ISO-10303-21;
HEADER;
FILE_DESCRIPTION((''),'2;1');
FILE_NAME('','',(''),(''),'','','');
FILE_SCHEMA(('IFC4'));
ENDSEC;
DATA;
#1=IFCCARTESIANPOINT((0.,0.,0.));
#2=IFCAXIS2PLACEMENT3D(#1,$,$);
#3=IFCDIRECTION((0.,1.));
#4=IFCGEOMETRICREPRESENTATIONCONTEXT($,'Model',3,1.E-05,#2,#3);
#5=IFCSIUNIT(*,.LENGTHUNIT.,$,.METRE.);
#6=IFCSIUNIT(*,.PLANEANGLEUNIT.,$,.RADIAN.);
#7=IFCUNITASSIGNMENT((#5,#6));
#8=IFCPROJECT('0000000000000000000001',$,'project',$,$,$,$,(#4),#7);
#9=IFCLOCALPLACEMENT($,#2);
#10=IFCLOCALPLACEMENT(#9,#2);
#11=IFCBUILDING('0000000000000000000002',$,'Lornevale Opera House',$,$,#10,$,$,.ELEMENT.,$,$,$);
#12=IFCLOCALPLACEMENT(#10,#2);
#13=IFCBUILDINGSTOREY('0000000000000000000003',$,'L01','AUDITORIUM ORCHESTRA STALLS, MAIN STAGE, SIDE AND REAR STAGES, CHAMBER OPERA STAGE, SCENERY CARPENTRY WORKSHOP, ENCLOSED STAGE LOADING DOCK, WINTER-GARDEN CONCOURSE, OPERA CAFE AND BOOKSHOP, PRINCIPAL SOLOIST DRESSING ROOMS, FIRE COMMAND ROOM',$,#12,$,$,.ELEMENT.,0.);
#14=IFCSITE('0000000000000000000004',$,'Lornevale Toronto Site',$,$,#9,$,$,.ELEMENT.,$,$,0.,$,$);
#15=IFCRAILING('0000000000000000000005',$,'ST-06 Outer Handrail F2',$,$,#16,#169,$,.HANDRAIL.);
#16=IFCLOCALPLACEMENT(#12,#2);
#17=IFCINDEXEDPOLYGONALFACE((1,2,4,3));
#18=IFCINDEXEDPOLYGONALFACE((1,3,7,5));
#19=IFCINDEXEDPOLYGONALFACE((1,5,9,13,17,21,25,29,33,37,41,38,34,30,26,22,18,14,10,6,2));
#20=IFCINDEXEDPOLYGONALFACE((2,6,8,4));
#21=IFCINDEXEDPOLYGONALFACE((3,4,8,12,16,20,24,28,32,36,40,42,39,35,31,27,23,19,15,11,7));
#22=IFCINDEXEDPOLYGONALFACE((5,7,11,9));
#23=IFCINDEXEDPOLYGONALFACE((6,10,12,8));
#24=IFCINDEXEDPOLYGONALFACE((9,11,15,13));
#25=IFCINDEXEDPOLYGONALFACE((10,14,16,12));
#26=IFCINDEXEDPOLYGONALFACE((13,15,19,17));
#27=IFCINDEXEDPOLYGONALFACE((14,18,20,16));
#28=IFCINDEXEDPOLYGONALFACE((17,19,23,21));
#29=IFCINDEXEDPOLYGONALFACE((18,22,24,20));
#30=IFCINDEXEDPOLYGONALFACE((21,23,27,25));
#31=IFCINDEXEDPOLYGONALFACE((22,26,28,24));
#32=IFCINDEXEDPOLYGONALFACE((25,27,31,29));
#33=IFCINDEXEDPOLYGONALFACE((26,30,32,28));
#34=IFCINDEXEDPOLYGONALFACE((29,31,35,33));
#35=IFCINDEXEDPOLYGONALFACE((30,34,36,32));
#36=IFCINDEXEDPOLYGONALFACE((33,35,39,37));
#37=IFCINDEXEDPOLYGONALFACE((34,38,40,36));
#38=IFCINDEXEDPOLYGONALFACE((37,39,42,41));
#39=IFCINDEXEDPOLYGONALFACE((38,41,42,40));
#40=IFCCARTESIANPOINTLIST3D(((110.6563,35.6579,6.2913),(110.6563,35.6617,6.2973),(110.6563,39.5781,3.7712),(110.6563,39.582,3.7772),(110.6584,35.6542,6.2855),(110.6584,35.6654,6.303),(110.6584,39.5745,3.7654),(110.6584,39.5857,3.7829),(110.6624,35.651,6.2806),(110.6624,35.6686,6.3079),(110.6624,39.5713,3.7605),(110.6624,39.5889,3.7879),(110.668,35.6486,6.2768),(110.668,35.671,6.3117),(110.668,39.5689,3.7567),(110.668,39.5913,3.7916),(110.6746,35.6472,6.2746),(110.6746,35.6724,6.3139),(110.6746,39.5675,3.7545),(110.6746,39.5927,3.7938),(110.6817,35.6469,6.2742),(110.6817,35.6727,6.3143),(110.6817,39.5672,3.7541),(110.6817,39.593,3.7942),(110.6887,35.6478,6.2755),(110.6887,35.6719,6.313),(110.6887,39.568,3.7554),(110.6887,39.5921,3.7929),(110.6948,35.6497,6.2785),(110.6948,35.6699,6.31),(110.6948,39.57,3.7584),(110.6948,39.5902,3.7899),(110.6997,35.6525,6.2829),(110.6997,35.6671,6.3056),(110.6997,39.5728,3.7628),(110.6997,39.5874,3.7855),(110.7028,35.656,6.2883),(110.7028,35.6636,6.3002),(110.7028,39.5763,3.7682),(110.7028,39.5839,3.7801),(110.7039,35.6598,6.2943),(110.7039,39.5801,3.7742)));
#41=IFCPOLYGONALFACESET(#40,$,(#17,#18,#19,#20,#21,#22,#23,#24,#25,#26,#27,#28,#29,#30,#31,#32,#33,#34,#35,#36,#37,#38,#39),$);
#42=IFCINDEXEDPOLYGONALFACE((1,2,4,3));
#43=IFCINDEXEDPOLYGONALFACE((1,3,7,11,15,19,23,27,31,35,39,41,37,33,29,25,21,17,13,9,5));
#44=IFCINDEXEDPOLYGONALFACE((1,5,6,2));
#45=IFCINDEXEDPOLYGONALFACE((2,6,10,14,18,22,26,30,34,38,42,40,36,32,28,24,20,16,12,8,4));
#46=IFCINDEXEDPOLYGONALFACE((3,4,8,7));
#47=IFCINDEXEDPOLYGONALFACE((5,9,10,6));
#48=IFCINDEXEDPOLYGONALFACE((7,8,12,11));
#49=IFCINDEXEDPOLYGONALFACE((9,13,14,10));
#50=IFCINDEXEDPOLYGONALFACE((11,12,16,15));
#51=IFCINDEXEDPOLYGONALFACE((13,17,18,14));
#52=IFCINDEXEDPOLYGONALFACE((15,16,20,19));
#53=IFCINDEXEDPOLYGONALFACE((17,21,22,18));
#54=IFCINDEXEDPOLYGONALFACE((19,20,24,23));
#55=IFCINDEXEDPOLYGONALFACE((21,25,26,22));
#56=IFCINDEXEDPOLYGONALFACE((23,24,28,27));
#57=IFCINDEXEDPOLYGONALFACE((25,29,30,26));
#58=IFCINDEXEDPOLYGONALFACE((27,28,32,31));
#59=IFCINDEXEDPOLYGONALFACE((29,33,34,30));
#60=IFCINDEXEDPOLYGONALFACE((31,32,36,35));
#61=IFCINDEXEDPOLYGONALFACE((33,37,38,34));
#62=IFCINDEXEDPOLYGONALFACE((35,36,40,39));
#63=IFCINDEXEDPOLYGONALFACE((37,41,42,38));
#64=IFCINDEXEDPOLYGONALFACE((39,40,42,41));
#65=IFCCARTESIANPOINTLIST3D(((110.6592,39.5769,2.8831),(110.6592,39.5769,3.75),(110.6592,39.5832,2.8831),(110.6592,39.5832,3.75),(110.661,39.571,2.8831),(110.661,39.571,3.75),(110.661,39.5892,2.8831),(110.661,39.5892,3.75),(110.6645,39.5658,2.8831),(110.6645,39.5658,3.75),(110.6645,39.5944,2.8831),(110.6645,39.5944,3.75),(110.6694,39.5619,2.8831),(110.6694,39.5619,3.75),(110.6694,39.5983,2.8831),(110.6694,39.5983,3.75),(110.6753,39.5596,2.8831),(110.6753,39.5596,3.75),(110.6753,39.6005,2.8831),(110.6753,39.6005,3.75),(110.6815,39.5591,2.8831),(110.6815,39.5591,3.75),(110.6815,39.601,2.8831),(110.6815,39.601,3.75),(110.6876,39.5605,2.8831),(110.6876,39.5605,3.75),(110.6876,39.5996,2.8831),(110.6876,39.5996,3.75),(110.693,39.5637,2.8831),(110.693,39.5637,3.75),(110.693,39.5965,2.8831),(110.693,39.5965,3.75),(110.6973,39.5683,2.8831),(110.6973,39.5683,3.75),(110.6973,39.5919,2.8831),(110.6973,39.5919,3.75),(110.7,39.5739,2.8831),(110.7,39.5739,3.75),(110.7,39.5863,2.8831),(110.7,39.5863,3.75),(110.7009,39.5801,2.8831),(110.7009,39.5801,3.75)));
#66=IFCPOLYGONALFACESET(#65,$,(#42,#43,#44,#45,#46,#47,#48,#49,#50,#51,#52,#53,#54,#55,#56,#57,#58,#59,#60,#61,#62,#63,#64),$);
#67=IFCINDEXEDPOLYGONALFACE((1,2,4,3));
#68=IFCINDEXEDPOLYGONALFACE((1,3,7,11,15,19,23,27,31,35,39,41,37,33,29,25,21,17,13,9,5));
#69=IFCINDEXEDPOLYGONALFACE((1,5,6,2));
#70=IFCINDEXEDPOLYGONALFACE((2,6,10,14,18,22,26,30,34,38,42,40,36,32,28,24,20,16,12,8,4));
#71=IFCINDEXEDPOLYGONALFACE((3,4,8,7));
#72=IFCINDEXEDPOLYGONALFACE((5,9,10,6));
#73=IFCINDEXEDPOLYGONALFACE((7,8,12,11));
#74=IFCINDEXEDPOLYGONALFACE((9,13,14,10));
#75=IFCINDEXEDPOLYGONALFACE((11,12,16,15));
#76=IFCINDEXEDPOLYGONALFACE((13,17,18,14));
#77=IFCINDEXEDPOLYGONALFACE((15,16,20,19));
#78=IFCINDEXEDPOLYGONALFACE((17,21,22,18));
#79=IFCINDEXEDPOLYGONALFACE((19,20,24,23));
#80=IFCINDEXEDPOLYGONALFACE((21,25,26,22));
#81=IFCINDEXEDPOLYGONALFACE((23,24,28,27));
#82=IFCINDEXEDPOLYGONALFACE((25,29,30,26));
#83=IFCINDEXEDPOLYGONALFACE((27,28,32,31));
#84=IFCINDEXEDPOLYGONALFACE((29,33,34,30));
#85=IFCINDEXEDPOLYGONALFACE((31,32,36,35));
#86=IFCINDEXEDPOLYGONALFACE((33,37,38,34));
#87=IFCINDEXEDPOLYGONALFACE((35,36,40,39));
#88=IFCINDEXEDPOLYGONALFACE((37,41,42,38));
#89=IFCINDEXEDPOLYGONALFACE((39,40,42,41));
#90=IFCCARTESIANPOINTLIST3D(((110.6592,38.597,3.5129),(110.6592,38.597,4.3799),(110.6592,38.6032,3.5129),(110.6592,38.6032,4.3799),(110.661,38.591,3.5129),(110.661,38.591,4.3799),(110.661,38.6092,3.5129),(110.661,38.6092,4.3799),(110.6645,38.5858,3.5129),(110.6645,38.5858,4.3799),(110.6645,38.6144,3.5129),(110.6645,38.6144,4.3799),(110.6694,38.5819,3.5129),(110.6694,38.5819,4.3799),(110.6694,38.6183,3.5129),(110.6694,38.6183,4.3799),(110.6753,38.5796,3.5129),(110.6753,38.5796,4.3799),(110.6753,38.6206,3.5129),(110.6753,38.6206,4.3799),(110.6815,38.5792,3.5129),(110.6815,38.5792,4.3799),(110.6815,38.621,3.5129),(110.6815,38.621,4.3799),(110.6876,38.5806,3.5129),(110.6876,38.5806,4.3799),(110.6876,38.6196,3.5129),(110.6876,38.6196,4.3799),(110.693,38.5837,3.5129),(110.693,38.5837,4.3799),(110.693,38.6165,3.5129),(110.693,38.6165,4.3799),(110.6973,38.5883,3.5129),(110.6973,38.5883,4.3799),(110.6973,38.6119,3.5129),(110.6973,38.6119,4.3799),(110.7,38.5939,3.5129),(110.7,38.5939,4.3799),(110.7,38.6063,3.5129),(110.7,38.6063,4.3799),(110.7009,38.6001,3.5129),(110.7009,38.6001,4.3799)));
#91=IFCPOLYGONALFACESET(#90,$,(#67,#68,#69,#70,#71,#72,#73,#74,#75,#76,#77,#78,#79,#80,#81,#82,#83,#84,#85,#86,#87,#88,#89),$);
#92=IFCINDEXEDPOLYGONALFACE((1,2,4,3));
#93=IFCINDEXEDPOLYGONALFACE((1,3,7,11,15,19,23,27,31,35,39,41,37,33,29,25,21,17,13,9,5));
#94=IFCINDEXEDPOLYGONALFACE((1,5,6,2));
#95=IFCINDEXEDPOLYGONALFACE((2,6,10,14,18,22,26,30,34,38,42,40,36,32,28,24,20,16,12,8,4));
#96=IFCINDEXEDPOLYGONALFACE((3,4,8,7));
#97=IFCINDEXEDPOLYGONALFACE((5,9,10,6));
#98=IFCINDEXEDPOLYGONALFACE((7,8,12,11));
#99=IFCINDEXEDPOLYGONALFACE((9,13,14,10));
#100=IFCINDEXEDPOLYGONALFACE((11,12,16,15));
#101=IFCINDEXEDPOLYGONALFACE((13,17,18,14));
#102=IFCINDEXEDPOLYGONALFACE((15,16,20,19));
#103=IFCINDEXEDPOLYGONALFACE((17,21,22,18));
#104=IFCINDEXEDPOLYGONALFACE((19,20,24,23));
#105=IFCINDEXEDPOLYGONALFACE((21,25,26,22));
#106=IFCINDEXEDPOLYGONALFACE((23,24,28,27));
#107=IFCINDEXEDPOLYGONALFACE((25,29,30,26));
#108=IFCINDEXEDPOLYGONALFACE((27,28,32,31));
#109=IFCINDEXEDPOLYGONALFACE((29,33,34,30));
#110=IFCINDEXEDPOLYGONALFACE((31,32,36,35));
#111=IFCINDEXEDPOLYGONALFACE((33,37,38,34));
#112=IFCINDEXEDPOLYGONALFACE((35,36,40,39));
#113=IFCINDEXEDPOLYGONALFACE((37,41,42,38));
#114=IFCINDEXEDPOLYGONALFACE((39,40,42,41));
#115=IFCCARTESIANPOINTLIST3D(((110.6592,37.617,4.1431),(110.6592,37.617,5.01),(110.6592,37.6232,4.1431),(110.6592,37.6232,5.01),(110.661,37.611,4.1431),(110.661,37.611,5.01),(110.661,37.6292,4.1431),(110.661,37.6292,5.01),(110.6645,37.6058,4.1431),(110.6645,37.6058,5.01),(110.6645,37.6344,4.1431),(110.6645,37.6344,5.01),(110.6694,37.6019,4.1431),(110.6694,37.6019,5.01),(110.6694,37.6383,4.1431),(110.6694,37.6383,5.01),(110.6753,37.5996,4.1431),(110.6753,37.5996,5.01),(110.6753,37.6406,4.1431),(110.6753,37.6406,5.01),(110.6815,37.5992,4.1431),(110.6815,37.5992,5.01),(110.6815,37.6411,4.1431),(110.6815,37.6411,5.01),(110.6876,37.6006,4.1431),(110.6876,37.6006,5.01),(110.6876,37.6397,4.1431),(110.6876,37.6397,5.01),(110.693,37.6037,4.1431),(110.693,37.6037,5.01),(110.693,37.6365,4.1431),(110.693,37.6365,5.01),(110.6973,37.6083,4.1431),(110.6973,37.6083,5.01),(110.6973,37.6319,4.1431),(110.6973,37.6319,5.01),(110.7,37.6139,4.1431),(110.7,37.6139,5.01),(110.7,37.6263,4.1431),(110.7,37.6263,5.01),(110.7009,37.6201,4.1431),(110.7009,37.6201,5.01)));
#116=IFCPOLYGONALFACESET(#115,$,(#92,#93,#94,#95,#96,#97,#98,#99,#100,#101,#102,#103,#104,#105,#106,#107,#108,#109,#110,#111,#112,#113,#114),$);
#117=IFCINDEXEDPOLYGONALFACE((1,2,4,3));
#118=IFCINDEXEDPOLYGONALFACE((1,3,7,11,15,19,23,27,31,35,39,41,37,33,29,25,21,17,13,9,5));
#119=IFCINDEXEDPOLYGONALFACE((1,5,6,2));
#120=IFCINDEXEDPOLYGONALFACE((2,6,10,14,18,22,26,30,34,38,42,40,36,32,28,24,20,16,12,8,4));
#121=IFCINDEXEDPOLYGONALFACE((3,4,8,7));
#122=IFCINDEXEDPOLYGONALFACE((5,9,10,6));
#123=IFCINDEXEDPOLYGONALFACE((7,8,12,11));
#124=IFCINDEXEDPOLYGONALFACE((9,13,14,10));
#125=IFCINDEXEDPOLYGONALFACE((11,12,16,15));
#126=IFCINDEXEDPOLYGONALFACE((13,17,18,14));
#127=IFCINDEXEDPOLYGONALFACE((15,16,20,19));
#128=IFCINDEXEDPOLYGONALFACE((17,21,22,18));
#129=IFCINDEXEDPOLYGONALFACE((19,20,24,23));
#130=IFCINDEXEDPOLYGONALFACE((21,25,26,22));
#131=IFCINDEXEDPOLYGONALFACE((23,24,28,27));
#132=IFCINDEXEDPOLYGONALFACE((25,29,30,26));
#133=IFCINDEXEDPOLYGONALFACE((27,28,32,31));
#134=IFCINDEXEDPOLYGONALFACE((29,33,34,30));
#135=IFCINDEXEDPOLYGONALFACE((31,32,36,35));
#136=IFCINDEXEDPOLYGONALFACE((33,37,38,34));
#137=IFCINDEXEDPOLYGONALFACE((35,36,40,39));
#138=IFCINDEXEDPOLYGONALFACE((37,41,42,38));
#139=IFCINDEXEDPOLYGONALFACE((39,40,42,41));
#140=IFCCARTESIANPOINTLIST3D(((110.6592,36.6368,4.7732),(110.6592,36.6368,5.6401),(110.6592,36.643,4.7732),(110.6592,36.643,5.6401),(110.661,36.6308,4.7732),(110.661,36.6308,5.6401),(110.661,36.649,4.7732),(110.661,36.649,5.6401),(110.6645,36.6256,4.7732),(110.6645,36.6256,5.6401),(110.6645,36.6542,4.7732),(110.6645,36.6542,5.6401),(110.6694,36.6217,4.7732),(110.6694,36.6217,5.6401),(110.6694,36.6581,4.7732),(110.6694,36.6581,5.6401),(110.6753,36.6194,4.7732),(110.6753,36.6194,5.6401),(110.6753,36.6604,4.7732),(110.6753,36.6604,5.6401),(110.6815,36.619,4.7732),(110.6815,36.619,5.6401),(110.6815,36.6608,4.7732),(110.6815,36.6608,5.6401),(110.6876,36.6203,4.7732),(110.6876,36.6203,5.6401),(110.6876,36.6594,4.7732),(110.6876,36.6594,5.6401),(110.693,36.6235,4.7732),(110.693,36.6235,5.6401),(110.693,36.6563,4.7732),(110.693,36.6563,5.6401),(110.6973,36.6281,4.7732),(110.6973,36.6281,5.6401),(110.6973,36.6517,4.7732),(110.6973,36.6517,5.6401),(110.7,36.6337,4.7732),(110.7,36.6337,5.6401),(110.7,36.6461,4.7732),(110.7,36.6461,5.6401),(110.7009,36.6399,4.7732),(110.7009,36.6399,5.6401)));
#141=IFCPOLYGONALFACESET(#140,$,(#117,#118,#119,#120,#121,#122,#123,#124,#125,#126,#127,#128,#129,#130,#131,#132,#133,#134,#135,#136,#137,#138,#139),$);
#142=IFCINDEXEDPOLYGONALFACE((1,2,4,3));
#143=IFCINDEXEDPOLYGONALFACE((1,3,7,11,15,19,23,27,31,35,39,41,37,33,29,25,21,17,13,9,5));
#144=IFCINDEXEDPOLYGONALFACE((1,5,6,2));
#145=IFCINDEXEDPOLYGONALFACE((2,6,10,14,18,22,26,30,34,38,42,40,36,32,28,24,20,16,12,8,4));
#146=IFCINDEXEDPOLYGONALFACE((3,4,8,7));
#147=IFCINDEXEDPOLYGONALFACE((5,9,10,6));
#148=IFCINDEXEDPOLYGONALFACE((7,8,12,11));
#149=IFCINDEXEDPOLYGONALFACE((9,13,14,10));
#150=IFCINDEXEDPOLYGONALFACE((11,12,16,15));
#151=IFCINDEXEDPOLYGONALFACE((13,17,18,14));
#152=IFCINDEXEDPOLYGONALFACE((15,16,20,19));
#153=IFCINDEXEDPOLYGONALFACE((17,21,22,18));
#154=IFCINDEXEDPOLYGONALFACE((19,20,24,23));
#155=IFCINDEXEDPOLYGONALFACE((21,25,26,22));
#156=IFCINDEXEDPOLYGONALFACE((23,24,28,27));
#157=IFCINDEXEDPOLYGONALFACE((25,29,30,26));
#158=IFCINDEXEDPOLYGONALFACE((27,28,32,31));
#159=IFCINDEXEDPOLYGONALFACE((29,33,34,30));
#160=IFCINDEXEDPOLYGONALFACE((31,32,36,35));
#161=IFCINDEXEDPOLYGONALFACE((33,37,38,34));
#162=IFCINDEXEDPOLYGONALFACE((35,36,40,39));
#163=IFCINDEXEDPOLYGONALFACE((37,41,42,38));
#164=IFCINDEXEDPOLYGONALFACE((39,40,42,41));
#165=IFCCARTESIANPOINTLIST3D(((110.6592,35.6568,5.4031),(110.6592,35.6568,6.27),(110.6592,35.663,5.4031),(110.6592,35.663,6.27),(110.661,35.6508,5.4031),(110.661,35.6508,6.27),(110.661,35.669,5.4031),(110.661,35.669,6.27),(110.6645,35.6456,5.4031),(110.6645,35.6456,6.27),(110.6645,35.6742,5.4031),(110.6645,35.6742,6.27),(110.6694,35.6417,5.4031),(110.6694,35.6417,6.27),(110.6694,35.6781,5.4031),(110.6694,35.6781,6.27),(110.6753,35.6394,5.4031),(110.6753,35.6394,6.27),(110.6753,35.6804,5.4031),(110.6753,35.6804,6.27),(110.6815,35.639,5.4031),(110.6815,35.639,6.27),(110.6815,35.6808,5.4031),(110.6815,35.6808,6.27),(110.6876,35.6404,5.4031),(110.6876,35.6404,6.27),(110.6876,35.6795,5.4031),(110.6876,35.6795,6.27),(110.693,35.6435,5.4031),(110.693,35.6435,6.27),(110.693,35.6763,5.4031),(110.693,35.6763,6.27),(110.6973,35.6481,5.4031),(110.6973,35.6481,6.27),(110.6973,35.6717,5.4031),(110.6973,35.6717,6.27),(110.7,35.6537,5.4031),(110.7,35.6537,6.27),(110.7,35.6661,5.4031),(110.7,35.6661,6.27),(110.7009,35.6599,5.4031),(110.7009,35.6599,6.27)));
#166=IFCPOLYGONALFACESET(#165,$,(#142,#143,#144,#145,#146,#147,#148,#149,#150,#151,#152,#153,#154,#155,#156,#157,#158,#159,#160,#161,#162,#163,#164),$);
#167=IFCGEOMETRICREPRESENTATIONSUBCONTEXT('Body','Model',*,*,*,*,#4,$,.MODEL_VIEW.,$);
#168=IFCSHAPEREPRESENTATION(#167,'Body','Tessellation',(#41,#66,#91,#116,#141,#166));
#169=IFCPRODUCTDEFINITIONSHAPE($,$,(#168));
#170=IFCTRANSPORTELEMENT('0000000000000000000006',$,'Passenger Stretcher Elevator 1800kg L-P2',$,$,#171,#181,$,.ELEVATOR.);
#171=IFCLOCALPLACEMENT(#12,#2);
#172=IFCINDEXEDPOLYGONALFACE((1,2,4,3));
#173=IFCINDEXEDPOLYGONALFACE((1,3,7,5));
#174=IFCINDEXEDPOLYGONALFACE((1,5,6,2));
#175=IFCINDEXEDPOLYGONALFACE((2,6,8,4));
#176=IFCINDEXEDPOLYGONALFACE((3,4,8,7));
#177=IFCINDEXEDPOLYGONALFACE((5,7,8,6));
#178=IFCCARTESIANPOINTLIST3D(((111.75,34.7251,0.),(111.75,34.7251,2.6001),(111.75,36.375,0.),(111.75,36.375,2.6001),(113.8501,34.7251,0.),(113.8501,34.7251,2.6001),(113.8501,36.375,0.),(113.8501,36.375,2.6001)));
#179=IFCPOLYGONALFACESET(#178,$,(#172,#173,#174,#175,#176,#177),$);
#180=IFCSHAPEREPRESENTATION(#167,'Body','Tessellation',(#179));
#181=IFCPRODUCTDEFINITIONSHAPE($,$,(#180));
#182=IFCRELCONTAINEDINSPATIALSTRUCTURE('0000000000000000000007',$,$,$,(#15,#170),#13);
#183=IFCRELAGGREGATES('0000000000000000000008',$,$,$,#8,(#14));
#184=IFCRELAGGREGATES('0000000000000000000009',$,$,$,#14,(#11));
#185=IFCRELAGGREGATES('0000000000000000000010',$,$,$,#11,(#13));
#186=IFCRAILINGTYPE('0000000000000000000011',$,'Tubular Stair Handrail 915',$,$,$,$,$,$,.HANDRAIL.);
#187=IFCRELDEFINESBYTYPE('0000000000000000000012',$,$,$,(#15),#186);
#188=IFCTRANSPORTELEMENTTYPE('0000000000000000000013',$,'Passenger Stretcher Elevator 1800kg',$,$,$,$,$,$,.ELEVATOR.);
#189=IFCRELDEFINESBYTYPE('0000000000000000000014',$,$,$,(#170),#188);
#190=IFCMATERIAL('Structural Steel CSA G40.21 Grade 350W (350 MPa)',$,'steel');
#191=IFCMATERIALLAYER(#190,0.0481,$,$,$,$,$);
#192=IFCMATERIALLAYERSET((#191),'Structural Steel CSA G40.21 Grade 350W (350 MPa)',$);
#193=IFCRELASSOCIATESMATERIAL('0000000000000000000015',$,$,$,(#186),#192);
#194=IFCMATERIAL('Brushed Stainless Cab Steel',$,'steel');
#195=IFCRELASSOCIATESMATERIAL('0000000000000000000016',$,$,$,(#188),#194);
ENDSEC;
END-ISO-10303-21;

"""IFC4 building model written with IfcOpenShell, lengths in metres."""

from ifc_helpers import new_model, si_unit, direction, frame, origin, origin_2d, place, context, subcontext, project, spatial, rectangle, circle, extrude, material, layer, layer_set, type_object, element, save


model = new_model("IFC4")

# Units and contexts
model_context = context("Model", 3, precision=1e-05, world=origin(), true_north=direction((0.0, 1.0)))
body_context = subcontext(model_context, "Body", "Model", "MODEL_VIEW")
ifc_project = project(units=[si_unit("LENGTHUNIT", "METRE"), si_unit("PLANEANGLEUNIT", "RADIAN")], contexts=[model_context])

# Site, building, storey
site_placement = place(None, origin())
site = spatial("IfcSite", under=ifc_project, at=site_placement, Name="Lornevale Toronto Site", CompositionType="ELEMENT", RefElevation=0.0)
building_placement = place(site_placement, origin())
building = spatial("IfcBuilding", under=site, at=building_placement, Name="Lornevale Opera House", CompositionType="ELEMENT")
storey_placement = place(building_placement, origin())
storey = spatial("IfcBuildingStorey", under=building, at=storey_placement, Name="L01", Description="AUDITORIUM ORCHESTRA STALLS, MAIN STAGE, SIDE AND REAR STAGES, CHAMBER OPERA STAGE, SCENERY CARPENTRY WORKSHOP, ENCLOSED STAGE LOADING DOCK, WINTER-GARDEN CONCOURSE, OPERA CAFE AND BOOKSHOP, PRINCIPAL SOLOIST DRESSING ROOMS, FIRE COMMAND ROOM", CompositionType="ELEMENT", Elevation=0.0)

# Railing
ifc_material_1 = material(Name="Structural Steel CSA G40.21 Grade 350W (350 MPa)", Category="steel")
ifc_layer_1 = layer(ifc_material_1, 0.0481)
ifc_layer_set_1 = layer_set([ifc_layer_1], Name="Structural Steel CSA G40.21 Grade 350W (350 MPa)")
railing_type_1 = type_object("IfcRailingType", Name="Tubular Stair Handrail 915", PredefinedType="HANDRAIL", material=ifc_layer_set_1)
railing_1_placement = place(storey_placement, frame((110.6799, 39.5801, 2.8831)))
element("IfcRailing", 1, at=railing_1_placement, inside=storey, type_object=railing_type_1, Name="ST-06 Outer Handrail F2", PredefinedType="HANDRAIL", context=body_context, shape_type="SweptSolid", body=[
    extrude(circle(Radius=0.0239, at=origin_2d()), frame((0.0, 0.0, 0.8911), z_axis=(0.0, -0.841187, 0.540744), x_axis=(1.0, 0.0, 0.0)), (0.0, 0.0, 1.0), 4.6604),
    extrude(circle(Radius=0.021, at=origin_2d()), origin(), (0.0, 0.0, 1.0), 0.8669),
    extrude(circle(Radius=0.021, at=origin_2d()), frame((0.0, -0.98, 0.6299)), (0.0, 0.0, 1.0), 0.8669),
    extrude(circle(Radius=0.021, at=origin_2d()), frame((0.0, -1.96, 1.26)), (0.0, 0.0, 1.0), 0.8669),
    extrude(circle(Radius=0.021, at=origin_2d()), frame((0.0, -2.9402, 1.8901)), (0.0, 0.0, 1.0), 0.8669),
    extrude(circle(Radius=0.021, at=origin_2d()), frame((0.0, -3.9202, 2.52)), (0.0, 0.0, 1.0), 0.8669),
])

# Transport element
ifc_material_2 = material(Name="Brushed Stainless Cab Steel", Category="steel")
transport_element_type = type_object("IfcTransportElementType", Name="Passenger Stretcher Elevator 1800kg", PredefinedType="ELEVATOR", material=ifc_material_2)
transport_element_placement = place(storey_placement, frame((112.8, 35.55, 0.0), z_axis=(0.0, 0.0, 1.0), x_axis=(1.0, 0.0, 0.0)))
element("IfcTransportElement", 2, at=transport_element_placement, inside=storey, type_object=transport_element_type, Name="Passenger Stretcher Elevator 1800kg L-P2", PredefinedType="ELEVATOR", context=body_context, shape_type="SweptSolid", body=[
    extrude(rectangle(XDim=2.1001, YDim=1.6499, at=origin_2d()), origin(), (0.0, 0.0, 1.0), 2.6001),
])

save(model, "model.ifc")
